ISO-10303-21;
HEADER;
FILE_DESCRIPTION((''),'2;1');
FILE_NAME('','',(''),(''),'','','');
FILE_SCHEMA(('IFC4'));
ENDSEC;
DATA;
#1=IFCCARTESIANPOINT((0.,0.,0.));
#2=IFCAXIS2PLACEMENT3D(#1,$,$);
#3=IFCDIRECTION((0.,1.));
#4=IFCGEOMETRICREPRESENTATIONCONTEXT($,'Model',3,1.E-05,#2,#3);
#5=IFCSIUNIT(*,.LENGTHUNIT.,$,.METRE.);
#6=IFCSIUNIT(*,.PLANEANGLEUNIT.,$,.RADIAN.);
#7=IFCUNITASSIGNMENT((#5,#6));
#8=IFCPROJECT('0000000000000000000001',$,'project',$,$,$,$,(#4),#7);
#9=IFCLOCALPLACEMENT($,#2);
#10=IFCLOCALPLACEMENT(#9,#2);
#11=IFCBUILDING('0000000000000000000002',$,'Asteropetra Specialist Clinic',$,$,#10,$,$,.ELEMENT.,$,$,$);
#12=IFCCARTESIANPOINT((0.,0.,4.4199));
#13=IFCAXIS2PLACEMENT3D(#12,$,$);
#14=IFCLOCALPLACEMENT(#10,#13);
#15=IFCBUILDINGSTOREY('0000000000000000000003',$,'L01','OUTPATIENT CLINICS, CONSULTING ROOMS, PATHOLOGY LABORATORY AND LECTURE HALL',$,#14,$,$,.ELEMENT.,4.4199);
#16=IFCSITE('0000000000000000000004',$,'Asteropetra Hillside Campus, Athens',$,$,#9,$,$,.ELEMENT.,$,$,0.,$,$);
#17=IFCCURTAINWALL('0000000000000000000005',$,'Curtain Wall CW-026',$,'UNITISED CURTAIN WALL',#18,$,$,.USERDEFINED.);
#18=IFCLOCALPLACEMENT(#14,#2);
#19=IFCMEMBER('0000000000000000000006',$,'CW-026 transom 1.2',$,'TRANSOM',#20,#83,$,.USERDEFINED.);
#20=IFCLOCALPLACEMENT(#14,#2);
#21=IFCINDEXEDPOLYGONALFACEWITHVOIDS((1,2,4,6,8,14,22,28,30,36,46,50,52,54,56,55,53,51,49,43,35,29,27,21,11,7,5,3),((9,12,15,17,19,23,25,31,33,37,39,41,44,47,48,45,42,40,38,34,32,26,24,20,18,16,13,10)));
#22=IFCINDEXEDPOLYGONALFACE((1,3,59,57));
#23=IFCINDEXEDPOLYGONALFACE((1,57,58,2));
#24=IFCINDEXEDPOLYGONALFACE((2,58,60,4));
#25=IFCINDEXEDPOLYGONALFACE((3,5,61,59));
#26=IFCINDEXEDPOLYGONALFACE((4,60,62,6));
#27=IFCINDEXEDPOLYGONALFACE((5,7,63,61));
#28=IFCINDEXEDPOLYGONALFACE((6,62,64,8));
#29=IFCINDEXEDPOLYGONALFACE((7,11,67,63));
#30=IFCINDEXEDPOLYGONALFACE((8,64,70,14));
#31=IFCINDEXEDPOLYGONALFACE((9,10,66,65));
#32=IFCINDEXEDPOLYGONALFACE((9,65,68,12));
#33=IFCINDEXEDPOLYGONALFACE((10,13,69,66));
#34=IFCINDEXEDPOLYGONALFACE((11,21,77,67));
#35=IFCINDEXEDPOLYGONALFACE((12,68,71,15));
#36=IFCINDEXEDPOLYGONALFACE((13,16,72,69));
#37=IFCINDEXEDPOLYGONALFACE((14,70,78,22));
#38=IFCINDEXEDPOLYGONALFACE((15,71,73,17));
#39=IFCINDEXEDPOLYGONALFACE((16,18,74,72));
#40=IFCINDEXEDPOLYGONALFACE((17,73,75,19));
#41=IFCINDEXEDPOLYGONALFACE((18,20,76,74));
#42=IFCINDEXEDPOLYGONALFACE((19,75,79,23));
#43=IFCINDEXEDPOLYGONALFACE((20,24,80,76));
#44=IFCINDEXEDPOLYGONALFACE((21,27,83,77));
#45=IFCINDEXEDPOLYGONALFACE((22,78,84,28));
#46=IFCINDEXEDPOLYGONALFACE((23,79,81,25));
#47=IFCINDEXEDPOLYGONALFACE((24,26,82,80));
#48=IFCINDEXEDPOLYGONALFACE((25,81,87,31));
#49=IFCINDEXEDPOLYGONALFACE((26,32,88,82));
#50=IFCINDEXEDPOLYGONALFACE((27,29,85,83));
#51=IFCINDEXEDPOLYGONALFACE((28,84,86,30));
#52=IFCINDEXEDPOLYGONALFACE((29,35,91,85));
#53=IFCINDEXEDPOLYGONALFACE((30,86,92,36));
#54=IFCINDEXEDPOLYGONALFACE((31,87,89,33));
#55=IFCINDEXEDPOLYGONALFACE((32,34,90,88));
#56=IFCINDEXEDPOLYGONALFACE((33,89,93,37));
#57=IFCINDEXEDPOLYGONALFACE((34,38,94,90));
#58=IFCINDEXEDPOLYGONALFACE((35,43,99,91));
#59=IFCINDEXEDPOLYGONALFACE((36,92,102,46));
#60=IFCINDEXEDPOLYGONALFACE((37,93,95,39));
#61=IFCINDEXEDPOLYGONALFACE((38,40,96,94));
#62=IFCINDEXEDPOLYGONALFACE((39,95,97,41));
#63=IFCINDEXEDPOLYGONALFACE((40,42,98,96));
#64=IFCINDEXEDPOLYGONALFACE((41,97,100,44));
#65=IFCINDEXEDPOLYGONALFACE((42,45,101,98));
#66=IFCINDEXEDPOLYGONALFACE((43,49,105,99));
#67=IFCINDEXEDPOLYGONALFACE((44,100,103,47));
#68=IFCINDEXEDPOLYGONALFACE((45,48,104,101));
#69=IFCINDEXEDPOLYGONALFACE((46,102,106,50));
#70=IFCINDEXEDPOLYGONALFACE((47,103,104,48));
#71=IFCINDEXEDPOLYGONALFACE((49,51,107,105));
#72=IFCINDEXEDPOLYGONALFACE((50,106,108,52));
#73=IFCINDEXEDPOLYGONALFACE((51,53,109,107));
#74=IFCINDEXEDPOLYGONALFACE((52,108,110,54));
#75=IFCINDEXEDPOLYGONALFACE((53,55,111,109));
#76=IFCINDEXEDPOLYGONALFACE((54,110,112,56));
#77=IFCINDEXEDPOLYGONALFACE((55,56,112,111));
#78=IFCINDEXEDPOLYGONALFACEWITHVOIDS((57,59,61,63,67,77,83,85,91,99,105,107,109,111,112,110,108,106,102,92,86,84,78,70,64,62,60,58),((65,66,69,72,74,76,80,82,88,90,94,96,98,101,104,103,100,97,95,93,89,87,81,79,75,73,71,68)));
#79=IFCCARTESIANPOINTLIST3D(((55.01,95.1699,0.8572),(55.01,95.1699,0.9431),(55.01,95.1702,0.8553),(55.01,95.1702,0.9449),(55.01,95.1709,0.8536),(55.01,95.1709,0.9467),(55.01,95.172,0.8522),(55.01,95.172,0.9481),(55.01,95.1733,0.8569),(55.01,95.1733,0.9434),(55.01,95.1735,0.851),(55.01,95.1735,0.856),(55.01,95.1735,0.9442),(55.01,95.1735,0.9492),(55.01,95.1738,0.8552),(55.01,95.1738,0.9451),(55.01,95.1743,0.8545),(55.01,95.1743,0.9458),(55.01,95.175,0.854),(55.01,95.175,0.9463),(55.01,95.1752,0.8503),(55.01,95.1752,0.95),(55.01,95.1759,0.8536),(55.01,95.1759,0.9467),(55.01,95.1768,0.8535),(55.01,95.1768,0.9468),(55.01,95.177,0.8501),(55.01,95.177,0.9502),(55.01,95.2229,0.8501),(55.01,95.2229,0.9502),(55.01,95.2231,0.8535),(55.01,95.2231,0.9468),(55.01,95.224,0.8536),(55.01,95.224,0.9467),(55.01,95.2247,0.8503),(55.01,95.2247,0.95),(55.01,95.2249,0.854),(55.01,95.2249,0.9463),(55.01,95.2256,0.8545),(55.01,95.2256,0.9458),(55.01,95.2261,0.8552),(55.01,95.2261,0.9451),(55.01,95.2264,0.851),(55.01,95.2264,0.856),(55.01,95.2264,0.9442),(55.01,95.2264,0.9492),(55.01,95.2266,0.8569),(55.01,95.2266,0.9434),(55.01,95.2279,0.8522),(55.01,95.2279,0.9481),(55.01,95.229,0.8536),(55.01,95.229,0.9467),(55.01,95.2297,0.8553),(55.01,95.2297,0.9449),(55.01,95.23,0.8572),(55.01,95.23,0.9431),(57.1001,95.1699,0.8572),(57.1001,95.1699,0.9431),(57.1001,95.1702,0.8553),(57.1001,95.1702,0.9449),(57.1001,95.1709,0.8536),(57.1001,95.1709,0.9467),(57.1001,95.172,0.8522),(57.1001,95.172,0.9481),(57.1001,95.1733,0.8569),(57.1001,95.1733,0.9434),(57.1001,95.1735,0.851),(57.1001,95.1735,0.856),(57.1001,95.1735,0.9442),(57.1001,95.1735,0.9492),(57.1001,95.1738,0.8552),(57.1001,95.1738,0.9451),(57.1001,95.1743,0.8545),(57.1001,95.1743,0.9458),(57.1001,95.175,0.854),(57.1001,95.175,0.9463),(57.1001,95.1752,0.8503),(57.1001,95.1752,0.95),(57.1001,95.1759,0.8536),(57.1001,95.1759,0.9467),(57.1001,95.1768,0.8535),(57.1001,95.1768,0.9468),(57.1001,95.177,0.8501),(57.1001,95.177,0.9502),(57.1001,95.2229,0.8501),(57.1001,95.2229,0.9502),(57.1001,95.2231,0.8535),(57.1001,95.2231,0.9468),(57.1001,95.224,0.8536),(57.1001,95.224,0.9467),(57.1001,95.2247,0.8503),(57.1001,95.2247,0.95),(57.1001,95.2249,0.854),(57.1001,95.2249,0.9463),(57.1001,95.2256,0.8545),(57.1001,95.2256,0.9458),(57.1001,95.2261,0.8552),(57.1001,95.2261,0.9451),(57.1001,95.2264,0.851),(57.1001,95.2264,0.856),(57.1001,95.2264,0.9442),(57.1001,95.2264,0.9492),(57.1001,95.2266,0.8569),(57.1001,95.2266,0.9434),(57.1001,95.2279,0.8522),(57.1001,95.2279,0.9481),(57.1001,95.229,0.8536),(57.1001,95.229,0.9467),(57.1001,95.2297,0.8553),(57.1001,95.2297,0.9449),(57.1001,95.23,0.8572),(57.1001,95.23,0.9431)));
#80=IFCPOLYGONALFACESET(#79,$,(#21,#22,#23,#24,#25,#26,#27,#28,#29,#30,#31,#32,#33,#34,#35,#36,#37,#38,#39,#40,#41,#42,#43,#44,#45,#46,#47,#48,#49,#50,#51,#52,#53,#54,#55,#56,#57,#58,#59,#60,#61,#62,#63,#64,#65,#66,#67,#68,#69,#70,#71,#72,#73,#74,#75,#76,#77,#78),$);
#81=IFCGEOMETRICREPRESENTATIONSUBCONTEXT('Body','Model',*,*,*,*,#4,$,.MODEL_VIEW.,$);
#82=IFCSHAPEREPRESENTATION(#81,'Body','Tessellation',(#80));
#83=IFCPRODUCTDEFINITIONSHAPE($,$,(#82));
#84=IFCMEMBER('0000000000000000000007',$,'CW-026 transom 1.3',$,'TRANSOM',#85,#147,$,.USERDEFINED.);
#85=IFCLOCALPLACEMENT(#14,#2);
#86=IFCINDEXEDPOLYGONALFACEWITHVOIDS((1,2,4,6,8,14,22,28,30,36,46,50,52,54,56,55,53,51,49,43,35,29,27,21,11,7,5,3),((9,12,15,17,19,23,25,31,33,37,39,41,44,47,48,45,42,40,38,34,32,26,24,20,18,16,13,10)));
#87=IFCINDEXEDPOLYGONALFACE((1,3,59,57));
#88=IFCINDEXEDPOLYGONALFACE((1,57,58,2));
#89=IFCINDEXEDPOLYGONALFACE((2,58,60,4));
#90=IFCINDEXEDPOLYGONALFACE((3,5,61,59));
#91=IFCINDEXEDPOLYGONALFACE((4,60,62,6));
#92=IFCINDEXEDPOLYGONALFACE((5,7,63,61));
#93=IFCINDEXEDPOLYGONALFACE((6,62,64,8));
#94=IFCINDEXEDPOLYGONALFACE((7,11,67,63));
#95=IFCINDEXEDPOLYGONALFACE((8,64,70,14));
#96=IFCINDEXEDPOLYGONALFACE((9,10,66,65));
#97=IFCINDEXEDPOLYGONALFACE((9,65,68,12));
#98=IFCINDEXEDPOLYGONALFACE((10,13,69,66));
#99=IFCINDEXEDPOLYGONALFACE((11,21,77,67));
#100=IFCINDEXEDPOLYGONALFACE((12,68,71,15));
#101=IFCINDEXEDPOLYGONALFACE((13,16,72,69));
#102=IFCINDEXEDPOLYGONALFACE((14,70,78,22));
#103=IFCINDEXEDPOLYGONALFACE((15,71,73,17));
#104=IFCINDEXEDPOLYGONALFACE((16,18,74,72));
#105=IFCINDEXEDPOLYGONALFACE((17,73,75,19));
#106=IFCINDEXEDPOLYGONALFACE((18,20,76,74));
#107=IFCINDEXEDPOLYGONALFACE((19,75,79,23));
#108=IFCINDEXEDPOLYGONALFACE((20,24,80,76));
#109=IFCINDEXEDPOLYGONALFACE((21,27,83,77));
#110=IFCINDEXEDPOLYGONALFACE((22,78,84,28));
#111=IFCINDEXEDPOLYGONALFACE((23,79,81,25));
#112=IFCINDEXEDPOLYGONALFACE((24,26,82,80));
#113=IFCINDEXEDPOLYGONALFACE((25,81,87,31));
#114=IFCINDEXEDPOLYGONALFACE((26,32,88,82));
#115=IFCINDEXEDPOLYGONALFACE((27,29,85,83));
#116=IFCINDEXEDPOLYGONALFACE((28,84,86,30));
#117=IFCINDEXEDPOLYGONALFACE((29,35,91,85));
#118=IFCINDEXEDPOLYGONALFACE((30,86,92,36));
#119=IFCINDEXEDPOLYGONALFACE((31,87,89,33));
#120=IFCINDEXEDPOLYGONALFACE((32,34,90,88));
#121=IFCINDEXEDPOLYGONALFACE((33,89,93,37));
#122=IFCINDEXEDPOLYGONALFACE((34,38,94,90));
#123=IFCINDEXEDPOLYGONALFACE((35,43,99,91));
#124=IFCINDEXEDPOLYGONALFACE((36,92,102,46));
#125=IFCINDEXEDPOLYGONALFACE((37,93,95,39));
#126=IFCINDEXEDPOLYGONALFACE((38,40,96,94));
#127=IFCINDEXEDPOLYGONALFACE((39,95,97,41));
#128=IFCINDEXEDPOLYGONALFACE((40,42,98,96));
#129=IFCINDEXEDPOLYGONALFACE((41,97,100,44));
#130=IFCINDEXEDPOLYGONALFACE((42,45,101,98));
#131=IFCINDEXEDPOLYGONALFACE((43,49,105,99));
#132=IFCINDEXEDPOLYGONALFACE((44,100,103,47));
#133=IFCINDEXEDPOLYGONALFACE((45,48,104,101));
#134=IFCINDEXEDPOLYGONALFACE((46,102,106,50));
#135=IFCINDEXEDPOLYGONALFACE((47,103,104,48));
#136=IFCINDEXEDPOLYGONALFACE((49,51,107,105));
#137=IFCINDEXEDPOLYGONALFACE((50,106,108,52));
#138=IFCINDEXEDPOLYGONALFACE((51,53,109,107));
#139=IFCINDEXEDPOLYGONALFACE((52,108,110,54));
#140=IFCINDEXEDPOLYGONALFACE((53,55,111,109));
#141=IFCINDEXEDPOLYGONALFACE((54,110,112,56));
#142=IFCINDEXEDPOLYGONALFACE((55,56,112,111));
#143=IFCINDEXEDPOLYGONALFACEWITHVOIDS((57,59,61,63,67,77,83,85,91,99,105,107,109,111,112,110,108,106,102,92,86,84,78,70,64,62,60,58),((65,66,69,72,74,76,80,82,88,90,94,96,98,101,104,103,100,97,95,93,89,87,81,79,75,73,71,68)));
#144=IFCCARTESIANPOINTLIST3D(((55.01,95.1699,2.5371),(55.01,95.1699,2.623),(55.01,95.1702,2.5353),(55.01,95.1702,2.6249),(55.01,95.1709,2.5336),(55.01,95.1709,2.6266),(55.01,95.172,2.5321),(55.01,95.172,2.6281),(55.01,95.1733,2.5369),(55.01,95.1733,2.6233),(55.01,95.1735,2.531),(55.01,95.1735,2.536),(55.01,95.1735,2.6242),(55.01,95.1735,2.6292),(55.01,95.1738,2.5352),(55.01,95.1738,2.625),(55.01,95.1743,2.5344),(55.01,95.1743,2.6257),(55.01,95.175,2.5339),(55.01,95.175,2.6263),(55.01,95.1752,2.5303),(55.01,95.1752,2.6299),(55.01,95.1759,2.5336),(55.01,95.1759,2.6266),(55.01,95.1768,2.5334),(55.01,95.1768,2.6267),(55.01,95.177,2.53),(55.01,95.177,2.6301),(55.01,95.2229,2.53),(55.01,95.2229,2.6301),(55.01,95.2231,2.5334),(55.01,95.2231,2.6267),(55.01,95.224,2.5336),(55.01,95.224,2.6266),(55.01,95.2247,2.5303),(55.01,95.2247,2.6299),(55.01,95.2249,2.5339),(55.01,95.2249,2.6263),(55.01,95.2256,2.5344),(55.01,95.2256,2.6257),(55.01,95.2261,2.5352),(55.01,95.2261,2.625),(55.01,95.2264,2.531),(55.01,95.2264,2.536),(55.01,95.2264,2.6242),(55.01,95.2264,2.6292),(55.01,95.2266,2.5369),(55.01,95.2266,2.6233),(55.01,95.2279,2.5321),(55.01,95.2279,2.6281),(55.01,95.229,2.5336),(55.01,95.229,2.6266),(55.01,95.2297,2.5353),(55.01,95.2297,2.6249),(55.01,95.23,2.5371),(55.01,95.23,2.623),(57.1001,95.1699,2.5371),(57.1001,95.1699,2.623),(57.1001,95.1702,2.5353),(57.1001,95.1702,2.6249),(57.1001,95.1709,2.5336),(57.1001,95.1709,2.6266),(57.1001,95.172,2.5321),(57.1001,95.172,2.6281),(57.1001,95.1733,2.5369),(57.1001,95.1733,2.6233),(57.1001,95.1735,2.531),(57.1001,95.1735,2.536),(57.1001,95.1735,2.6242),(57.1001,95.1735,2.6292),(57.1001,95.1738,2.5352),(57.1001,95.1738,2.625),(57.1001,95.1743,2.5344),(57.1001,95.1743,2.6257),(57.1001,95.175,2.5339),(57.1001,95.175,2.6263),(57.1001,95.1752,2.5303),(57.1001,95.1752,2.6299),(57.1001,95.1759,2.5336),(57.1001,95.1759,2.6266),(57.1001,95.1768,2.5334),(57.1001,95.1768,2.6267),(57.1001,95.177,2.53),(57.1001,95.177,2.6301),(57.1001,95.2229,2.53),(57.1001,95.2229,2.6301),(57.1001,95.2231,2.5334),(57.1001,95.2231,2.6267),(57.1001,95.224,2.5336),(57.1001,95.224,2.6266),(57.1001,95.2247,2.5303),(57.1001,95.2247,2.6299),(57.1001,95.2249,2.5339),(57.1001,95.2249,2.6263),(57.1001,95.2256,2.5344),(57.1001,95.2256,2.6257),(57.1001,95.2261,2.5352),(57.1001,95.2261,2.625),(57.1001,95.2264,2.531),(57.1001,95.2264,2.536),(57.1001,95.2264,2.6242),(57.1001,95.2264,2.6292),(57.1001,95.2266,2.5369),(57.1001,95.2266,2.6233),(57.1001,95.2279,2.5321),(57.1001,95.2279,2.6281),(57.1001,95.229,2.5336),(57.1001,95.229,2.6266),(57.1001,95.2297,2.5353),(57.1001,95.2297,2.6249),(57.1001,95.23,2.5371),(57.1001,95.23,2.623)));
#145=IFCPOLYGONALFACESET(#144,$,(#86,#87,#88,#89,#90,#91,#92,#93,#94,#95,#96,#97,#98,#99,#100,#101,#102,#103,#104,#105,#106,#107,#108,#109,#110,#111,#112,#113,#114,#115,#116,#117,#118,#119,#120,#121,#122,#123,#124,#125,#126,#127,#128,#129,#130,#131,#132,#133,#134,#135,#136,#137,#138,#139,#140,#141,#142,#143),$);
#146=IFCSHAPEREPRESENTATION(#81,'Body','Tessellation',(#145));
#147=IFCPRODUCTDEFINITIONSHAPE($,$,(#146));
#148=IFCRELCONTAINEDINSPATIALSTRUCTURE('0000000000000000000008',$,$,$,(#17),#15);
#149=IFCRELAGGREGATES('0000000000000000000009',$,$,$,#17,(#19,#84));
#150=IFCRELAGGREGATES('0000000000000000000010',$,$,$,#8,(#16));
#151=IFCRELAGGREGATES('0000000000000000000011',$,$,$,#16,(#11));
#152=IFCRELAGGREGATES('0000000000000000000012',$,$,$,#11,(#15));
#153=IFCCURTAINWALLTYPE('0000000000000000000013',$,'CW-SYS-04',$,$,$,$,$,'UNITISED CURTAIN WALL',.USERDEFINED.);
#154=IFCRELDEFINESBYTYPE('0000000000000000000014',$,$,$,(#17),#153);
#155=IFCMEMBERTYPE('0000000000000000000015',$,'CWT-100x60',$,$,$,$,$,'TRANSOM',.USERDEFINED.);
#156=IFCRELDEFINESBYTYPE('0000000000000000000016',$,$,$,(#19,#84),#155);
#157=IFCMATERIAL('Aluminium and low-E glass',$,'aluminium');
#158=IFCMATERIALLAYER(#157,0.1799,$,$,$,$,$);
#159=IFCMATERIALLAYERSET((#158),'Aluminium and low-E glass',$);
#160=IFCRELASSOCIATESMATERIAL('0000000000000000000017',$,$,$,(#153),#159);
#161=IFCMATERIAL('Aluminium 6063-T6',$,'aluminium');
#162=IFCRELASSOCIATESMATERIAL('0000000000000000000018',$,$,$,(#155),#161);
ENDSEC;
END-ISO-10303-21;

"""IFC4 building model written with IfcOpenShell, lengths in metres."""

from ifc_helpers import new_model, si_unit, direction, frame, origin, origin_2d, place, context, subcontext, project, spatial, hollow_rectangle, extrude, material, layer, layer_set, material_profile, profile_set, type_object, element, aggregate, save


model = new_model("IFC4")

# Units and contexts
model_context = context("Model", 3, precision=1e-05, world=origin(), true_north=direction((0.0, 1.0)))
body_context = subcontext(model_context, "Body", "Model", "MODEL_VIEW")
ifc_project = project(units=[si_unit("LENGTHUNIT", "METRE"), si_unit("PLANEANGLEUNIT", "RADIAN")], contexts=[model_context])

# Site, building, storey
site_placement = place(None, origin())
site = spatial("IfcSite", under=ifc_project, at=site_placement, Name="Asteropetra Hillside Campus, Athens", CompositionType="ELEMENT", RefElevation=0.0)
building_placement = place(site_placement, origin())
building = spatial("IfcBuilding", under=site, at=building_placement, Name="Asteropetra Specialist Clinic", CompositionType="ELEMENT")
storey_placement = place(building_placement, frame((0.0, 0.0, 4.4199)))
storey = spatial("IfcBuildingStorey", under=building, at=storey_placement, Name="L01", Description="OUTPATIENT CLINICS, CONSULTING ROOMS, PATHOLOGY LABORATORY AND LECTURE HALL", CompositionType="ELEMENT", Elevation=4.4199)

# Curtain wall
ifc_material_1 = material(Name="Aluminium and low-E glass", Category="aluminium")
ifc_layer_1 = layer(ifc_material_1, 0.1799)
ifc_layer_set_1 = layer_set([ifc_layer_1], Name="Aluminium and low-E glass")
curtain_wall_type_1 = type_object("IfcCurtainWallType", Name="CW-SYS-04", ElementType="UNITISED CURTAIN WALL", PredefinedType="USERDEFINED", material=ifc_layer_set_1)
curtain_wall_1_placement = place(storey_placement, origin())
curtain_wall_1 = element("IfcCurtainWall", 1, at=curtain_wall_1_placement, inside=storey, type_object=curtain_wall_type_1, Name="Curtain Wall CW-026", ObjectType="UNITISED CURTAIN WALL", PredefinedType="USERDEFINED")

# Members
ifc_material_2 = material(Name="Aluminium 6063-T6", Category="aluminium")
ifc_material_profile_1 = material_profile(ifc_material_2, hollow_rectangle(XDim=0.0601, YDim=0.1001, WallThickness=0.0034, InnerFilletRadius=0.0034, OuterFilletRadius=0.0071, at=origin_2d()), Name="TRN 100x60x3.5")
ifc_profile_set_1 = profile_set([ifc_material_profile_1], Name="Aluminium 6063-T6")
member_type_1 = type_object("IfcMemberType", Name="CWT-100x60", ElementType="TRANSOM", PredefinedType="USERDEFINED", material=ifc_profile_set_1)
member_1_placement = place(storey_placement, frame((57.1001, 95.2, 0.9001), z_axis=(-1.0, 0.0, 0.0), x_axis=(0.0, -1.0, 0.0)))
member_1 = element("IfcMember", 2, at=member_1_placement, type_object=member_type_1, Name="CW-026 transom 1.2", ObjectType="TRANSOM", PredefinedType="USERDEFINED", context=body_context, shape_type="SweptSolid", body=[
    extrude(hollow_rectangle(XDim=0.0601, YDim=0.1001, WallThickness=0.0034, InnerFilletRadius=0.0034, OuterFilletRadius=0.0071, at=origin_2d()), origin(), (0.0, 0.0, 1.0), 2.0901),
])
member_2_placement = place(storey_placement, frame((57.1001, 95.2, 2.5801), z_axis=(-1.0, 0.0, 0.0), x_axis=(0.0, -1.0, 0.0)))
member_2 = element("IfcMember", 3, at=member_2_placement, type_object=member_type_1, Name="CW-026 transom 1.3", ObjectType="TRANSOM", PredefinedType="USERDEFINED", context=body_context, shape_type="SweptSolid", body=[
    extrude(hollow_rectangle(XDim=0.0601, YDim=0.1001, WallThickness=0.0034, InnerFilletRadius=0.0034, OuterFilletRadius=0.0071, at=origin_2d()), origin(), (0.0, 0.0, 1.0), 2.0901),
])

aggregate(curtain_wall_1, [member_1, member_2])

save(model, "model.ifc")
